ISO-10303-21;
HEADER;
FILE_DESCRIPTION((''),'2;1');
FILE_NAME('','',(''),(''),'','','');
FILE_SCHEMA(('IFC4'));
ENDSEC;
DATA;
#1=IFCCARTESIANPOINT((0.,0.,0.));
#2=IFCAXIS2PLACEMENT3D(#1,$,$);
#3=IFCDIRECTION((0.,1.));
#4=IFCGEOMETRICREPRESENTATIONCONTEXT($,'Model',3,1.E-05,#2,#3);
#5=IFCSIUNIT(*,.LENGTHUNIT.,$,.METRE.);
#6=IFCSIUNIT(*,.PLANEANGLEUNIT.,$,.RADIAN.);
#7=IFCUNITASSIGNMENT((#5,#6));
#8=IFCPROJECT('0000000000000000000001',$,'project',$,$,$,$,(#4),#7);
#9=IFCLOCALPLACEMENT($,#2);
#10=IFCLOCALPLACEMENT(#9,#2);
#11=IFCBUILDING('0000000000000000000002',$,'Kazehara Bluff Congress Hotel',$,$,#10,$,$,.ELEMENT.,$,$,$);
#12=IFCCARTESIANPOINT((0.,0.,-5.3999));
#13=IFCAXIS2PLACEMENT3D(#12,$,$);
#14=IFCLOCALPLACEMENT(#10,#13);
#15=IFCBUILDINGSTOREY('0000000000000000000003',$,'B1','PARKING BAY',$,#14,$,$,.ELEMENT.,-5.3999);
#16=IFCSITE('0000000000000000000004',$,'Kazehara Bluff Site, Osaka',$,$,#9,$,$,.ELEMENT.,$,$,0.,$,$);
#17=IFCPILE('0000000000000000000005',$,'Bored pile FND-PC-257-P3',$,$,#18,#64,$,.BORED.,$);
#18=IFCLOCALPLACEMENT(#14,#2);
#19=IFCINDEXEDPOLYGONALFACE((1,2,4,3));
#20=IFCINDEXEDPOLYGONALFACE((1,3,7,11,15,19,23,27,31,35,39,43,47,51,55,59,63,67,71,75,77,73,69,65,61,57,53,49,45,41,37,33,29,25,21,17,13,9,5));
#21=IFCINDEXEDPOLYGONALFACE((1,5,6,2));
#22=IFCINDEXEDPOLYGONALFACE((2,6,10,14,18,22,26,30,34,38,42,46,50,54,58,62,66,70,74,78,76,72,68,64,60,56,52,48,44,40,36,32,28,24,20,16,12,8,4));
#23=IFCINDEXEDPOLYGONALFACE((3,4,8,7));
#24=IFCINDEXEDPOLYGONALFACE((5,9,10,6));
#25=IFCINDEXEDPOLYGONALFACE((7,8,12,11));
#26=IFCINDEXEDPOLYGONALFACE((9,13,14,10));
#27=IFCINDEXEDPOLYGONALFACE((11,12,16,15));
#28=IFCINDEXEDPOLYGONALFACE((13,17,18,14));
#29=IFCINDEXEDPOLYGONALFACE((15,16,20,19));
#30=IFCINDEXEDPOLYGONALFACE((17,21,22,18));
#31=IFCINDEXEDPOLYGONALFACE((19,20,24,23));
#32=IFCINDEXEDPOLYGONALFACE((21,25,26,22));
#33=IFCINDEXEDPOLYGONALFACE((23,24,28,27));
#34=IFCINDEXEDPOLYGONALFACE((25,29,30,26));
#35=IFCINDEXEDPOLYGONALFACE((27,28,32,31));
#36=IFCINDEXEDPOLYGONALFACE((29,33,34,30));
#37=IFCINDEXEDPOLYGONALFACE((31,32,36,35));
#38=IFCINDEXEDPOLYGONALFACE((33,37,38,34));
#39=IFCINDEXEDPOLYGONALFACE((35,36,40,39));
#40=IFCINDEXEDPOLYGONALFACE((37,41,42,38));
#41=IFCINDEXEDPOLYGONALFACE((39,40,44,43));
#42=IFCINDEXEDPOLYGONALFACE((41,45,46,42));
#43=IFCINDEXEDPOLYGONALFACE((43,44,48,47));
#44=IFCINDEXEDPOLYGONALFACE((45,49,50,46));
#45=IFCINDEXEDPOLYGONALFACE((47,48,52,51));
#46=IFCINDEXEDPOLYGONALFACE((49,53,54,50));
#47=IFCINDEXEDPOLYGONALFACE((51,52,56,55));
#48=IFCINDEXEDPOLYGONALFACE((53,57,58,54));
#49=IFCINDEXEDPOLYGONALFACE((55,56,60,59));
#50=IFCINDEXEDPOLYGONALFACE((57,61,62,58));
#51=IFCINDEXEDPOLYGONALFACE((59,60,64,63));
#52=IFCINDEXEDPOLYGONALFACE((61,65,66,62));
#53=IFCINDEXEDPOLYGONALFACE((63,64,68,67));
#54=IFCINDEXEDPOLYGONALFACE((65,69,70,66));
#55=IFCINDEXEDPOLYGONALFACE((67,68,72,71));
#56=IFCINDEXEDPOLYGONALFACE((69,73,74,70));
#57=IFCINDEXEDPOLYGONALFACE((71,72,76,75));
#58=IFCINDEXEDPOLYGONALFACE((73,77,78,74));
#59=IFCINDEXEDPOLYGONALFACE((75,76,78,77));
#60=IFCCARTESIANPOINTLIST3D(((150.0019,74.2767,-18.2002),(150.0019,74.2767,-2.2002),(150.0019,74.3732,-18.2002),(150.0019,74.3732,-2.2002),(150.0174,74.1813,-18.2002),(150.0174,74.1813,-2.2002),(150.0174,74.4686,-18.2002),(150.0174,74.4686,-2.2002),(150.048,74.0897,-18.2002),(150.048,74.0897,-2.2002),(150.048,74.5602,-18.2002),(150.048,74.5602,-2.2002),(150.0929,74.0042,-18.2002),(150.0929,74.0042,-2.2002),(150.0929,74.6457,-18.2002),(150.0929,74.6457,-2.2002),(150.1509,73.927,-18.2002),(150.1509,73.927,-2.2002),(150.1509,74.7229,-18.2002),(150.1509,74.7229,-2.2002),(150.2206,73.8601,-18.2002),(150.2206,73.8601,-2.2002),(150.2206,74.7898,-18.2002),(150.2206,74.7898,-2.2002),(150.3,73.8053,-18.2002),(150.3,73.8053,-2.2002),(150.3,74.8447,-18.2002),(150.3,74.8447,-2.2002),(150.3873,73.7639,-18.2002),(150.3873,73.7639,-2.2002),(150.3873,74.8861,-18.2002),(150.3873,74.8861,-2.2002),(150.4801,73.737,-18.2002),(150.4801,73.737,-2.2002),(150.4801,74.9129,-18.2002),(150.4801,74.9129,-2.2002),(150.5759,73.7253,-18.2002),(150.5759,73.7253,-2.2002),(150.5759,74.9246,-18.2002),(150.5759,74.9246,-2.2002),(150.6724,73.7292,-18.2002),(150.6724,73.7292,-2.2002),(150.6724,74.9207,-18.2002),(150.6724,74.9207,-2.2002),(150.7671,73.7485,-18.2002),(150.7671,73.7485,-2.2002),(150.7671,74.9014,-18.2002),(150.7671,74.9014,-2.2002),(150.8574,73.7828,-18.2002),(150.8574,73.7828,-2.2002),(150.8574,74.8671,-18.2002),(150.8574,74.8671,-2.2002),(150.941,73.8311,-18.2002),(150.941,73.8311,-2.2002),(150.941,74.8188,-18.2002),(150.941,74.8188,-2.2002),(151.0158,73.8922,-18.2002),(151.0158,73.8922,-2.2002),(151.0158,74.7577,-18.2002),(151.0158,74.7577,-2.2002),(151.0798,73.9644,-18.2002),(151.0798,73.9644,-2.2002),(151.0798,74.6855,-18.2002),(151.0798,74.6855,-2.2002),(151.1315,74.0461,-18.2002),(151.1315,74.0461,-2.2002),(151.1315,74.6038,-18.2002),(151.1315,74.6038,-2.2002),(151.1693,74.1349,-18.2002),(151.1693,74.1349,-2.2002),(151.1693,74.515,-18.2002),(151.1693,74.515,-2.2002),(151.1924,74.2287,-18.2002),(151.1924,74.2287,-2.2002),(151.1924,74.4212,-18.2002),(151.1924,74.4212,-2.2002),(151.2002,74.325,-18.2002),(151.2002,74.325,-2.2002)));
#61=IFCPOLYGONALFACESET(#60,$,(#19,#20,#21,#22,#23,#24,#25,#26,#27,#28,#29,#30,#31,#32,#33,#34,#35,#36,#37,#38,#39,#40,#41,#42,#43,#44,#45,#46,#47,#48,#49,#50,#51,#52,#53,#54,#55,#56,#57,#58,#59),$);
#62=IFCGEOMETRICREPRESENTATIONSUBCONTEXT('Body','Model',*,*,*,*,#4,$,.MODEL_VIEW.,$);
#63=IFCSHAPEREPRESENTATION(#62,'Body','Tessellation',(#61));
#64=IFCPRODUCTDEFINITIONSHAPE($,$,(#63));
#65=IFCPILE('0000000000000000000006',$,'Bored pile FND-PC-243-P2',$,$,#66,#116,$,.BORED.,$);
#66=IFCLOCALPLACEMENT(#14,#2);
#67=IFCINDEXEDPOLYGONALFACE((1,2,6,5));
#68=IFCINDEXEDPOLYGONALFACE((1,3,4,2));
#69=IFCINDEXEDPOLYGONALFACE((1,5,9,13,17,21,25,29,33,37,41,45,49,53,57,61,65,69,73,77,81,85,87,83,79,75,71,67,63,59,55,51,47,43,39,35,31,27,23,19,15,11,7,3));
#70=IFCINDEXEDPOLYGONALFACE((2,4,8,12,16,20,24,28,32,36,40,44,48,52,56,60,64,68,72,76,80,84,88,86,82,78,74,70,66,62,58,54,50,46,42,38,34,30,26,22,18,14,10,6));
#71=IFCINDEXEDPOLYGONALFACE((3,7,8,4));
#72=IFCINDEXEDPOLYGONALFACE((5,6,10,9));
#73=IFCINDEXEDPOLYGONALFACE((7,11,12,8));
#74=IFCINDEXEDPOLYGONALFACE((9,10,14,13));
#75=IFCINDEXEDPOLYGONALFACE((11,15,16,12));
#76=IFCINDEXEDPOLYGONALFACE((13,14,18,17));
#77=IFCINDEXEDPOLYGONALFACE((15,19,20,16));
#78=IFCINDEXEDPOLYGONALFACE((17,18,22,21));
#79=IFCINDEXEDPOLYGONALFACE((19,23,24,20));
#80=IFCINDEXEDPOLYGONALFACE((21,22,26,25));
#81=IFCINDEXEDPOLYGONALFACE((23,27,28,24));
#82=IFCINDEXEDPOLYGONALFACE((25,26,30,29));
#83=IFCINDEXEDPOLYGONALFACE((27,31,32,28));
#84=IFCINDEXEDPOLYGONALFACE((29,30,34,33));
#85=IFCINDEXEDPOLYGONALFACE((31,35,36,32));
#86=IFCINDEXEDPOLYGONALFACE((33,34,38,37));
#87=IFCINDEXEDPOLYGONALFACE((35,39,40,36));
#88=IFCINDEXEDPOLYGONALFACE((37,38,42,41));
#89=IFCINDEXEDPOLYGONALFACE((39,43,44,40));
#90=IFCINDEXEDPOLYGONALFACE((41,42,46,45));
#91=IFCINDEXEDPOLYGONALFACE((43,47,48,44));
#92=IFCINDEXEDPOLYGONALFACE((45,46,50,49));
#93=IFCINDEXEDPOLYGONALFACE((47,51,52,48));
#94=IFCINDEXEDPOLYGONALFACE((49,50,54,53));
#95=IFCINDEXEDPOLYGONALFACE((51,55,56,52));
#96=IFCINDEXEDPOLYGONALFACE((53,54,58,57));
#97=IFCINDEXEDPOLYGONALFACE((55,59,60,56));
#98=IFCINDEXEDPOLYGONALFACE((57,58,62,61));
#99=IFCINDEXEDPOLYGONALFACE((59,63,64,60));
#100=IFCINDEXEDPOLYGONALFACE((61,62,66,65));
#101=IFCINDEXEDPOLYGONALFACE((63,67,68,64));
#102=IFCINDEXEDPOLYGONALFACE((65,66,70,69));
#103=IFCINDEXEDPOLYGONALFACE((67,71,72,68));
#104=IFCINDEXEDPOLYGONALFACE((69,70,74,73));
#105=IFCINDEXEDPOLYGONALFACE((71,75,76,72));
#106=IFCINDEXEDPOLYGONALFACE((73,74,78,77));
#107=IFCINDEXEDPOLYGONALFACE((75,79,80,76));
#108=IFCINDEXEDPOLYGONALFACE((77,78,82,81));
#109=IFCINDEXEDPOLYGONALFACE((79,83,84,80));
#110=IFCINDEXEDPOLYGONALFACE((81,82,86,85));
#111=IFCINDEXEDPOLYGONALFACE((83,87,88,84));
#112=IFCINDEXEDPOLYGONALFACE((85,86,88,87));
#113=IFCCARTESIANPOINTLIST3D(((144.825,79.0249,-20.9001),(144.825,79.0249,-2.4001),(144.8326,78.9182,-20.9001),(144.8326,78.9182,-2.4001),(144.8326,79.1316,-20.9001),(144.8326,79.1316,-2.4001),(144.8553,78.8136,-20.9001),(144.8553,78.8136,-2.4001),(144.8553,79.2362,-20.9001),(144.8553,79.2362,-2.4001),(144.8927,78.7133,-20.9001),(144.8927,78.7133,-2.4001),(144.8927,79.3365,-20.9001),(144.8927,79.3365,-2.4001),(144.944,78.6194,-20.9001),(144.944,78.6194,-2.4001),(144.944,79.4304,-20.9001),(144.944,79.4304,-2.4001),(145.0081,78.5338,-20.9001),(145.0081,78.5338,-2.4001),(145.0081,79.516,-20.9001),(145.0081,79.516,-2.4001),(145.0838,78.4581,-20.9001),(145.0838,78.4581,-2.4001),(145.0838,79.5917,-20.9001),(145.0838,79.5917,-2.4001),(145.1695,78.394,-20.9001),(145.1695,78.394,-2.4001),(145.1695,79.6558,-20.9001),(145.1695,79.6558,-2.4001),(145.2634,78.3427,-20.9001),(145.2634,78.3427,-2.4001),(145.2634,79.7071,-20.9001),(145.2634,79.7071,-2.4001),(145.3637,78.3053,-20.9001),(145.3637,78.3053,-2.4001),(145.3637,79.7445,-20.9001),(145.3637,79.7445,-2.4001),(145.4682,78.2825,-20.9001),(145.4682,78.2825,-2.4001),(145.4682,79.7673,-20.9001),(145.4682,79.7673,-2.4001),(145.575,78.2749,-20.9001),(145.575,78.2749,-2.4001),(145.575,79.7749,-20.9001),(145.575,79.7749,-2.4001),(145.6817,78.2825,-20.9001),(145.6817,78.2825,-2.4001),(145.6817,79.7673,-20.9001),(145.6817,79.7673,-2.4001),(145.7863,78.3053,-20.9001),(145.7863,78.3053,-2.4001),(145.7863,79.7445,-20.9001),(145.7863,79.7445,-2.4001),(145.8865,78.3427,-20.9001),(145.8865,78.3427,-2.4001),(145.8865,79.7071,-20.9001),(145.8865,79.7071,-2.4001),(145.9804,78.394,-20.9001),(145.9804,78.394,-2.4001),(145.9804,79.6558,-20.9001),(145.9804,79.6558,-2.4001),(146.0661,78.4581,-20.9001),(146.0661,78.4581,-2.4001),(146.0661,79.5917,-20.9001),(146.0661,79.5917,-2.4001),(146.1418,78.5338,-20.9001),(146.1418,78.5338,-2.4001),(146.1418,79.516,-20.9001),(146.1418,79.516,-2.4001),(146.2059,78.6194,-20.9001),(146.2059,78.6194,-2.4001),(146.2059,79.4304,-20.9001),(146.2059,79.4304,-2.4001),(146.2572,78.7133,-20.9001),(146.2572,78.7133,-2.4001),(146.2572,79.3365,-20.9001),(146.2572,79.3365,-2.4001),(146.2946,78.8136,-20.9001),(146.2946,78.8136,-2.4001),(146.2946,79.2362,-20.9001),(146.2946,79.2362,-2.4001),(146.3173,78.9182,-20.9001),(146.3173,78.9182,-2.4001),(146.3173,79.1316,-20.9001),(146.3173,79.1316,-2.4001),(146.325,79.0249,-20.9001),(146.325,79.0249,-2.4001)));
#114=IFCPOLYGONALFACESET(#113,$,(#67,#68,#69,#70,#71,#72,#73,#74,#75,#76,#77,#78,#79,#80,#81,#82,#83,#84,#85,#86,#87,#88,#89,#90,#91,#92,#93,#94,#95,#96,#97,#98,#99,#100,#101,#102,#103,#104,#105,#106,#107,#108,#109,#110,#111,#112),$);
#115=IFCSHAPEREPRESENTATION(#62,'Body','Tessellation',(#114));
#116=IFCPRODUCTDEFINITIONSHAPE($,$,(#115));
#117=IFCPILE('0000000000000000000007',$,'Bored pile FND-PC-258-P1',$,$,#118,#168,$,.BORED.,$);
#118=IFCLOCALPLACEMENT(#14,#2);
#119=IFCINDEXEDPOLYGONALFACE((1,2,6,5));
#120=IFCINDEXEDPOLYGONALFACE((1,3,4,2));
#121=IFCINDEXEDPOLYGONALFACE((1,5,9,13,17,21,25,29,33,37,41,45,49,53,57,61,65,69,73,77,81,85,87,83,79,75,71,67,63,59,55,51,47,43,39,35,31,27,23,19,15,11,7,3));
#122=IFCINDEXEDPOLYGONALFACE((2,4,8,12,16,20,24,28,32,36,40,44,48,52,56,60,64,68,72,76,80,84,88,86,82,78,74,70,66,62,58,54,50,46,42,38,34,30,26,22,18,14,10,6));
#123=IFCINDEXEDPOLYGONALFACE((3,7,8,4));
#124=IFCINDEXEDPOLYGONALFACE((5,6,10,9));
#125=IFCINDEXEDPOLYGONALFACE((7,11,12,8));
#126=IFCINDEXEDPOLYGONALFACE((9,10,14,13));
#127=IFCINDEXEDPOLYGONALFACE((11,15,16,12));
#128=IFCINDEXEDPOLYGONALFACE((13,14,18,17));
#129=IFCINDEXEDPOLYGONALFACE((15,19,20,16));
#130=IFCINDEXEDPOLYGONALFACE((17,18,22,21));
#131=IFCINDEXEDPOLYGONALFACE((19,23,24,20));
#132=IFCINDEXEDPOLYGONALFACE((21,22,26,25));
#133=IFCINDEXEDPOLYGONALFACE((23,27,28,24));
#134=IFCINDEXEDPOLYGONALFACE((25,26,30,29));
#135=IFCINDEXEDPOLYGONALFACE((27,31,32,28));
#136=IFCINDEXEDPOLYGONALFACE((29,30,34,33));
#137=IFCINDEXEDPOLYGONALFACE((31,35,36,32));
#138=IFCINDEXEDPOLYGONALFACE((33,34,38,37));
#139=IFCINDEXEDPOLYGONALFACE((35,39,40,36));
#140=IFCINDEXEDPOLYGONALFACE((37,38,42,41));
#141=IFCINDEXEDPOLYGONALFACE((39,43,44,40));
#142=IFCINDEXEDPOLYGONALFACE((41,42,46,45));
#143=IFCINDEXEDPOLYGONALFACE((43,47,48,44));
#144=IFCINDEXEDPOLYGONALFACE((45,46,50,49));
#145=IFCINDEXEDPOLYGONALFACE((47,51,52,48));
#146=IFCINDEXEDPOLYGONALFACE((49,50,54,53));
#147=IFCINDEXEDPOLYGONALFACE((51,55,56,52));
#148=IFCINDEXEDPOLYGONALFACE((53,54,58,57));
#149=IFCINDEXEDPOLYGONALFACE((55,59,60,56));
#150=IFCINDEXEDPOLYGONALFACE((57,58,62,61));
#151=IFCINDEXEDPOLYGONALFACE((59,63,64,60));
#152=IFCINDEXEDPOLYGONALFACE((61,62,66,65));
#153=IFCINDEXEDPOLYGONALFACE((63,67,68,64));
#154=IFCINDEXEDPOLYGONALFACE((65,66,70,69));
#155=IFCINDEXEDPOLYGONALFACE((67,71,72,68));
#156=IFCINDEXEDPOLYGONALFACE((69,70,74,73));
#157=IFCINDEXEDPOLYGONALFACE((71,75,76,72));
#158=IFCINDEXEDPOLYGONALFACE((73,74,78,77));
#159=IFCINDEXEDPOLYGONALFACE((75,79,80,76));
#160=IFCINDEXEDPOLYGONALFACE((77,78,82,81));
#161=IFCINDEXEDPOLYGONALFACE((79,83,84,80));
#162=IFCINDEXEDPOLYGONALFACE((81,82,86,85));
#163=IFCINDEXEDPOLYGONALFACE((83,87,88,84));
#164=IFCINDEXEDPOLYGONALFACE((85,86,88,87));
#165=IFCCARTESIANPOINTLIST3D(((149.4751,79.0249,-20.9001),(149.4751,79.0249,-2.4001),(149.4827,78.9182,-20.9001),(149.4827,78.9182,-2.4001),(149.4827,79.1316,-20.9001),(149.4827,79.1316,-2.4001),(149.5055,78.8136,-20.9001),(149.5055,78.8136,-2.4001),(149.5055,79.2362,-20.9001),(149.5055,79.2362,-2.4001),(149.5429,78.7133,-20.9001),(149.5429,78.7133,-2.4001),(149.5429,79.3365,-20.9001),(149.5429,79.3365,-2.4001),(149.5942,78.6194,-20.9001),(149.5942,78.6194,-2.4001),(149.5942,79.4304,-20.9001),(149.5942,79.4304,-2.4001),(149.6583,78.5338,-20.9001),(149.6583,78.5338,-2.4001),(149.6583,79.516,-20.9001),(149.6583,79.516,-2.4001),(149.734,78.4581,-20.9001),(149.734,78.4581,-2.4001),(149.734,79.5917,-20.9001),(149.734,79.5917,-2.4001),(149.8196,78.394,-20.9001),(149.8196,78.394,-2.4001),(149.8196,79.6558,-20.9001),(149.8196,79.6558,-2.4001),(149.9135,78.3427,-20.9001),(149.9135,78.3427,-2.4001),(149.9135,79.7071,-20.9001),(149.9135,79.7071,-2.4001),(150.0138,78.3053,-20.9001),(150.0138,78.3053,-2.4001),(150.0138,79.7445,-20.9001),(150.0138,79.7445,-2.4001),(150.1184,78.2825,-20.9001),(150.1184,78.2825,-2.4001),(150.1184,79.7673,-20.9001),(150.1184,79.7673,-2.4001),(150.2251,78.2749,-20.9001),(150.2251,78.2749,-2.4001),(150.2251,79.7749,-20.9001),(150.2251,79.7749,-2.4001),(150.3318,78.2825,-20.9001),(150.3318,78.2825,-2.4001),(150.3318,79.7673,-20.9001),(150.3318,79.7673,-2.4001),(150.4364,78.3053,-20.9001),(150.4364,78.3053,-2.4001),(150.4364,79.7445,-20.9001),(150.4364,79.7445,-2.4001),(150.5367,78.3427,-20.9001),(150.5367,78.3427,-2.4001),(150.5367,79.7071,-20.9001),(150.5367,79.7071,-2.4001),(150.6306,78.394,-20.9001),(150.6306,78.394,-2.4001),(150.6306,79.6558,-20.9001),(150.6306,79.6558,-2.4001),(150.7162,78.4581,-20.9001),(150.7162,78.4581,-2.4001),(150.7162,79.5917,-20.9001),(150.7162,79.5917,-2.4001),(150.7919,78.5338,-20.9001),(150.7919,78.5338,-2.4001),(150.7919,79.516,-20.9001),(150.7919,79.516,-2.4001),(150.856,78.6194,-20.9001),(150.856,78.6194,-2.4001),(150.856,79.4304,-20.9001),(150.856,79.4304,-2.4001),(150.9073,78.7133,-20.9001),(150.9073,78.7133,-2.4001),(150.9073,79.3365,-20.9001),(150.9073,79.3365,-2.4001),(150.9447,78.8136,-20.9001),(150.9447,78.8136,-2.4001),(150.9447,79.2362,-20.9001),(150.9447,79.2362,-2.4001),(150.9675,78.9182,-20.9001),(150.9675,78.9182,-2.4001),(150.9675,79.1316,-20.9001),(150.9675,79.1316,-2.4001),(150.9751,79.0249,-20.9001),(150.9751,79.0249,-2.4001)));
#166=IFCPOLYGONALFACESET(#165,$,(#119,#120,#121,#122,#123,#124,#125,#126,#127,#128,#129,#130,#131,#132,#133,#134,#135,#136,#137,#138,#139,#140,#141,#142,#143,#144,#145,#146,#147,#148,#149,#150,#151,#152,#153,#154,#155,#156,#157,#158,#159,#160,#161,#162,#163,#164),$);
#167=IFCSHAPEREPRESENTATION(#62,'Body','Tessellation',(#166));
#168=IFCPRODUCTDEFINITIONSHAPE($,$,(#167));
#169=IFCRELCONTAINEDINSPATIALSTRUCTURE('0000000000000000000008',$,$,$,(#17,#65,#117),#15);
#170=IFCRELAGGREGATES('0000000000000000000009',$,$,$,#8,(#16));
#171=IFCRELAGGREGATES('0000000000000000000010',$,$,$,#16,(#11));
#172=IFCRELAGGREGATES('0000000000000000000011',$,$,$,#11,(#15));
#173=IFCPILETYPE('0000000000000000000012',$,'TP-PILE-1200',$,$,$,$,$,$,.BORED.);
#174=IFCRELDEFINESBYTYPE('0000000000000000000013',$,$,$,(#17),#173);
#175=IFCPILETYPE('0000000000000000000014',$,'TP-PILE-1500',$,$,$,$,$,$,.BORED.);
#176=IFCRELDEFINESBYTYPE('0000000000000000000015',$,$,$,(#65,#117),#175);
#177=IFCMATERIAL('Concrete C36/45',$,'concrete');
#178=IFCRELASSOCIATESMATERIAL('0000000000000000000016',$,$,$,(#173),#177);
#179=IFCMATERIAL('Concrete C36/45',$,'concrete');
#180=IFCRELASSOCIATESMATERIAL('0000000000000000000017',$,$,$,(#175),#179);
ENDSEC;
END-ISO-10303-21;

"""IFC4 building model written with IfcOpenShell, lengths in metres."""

from ifc_helpers import new_model, si_unit, direction, frame, origin, origin_2d, place, context, subcontext, project, spatial, circle, extrude, material, material_profile, profile_set, type_object, element, save


model = new_model("IFC4")

# Units and contexts
model_context = context("Model", 3, precision=1e-05, world=origin(), true_north=direction((0.0, 1.0)))
body_context = subcontext(model_context, "Body", "Model", "MODEL_VIEW")
ifc_project = project(units=[si_unit("LENGTHUNIT", "METRE"), si_unit("PLANEANGLEUNIT", "RADIAN")], contexts=[model_context])

# Site, building, storey
site_placement = place(None, origin())
site = spatial("IfcSite", under=ifc_project, at=site_placement, Name="Kazehara Bluff Site, Osaka", CompositionType="ELEMENT", RefElevation=0.0)
building_placement = place(site_placement, origin())
building = spatial("IfcBuilding", under=site, at=building_placement, Name="Kazehara Bluff Congress Hotel", CompositionType="ELEMENT")
storey_placement = place(building_placement, frame((0.0, 0.0, -5.3999)))
storey = spatial("IfcBuildingStorey", under=building, at=storey_placement, Name="B1", Description="PARKING BAY", CompositionType="ELEMENT", Elevation=-5.3999)

# Piles
ifc_material_1 = material(Name="Concrete C36/45", Category="concrete")
ifc_material_profile_1 = material_profile(ifc_material_1, circle(Radius=0.6001, at=origin_2d()))
ifc_profile_set_1 = profile_set([ifc_material_profile_1], Name="Concrete C36/45")
pile_type_1 = type_object("IfcPileType", Name="TP-PILE-1200", PredefinedType="BORED", material=ifc_profile_set_1)
for number, where, z_axis, x_axis, name in (
    (1, (150.6001, 74.325, -2.2002), (0.0, 0.0, -1.0), (1.0, 0.0, 0.0), "Bored pile FND-PC-257-P3"),
):
    element("IfcPile", number, at=place(storey_placement, frame(where, z_axis=z_axis, x_axis=x_axis)), inside=storey, type_object=pile_type_1, Name=name, PredefinedType="BORED", context=body_context, shape_type="SweptSolid", body=[
        extrude(circle(Radius=0.6001, at=origin_2d()), origin(), (0.0, 0.0, 1.0), 16.0),
    ])
ifc_material_2 = material(Name="Concrete C36/45", Category="concrete")
ifc_material_profile_2 = material_profile(ifc_material_2, circle(Radius=0.75, at=origin_2d()))
ifc_profile_set_2 = profile_set([ifc_material_profile_2], Name="Concrete C36/45")
pile_type_2 = type_object("IfcPileType", Name="TP-PILE-1500", PredefinedType="BORED", material=ifc_profile_set_2)
for number, where, z_axis, x_axis, name in (
    (2, (145.575, 79.0249, -2.4001), (0.0, 0.0, -1.0), (1.0, 0.0, 0.0), "Bored pile FND-PC-243-P2"),
    (3, (150.2251, 79.0249, -2.4001), (0.0, 0.0, -1.0), (1.0, 0.0, 0.0), "Bored pile FND-PC-258-P1"),
):
    element("IfcPile", number, at=place(storey_placement, frame(where, z_axis=z_axis, x_axis=x_axis)), inside=storey, type_object=pile_type_2, Name=name, PredefinedType="BORED", context=body_context, shape_type="SweptSolid", body=[
        extrude(circle(Radius=0.75, at=origin_2d()), origin(), (0.0, 0.0, 1.0), 18.5),
    ])

save(model, "model.ifc")
